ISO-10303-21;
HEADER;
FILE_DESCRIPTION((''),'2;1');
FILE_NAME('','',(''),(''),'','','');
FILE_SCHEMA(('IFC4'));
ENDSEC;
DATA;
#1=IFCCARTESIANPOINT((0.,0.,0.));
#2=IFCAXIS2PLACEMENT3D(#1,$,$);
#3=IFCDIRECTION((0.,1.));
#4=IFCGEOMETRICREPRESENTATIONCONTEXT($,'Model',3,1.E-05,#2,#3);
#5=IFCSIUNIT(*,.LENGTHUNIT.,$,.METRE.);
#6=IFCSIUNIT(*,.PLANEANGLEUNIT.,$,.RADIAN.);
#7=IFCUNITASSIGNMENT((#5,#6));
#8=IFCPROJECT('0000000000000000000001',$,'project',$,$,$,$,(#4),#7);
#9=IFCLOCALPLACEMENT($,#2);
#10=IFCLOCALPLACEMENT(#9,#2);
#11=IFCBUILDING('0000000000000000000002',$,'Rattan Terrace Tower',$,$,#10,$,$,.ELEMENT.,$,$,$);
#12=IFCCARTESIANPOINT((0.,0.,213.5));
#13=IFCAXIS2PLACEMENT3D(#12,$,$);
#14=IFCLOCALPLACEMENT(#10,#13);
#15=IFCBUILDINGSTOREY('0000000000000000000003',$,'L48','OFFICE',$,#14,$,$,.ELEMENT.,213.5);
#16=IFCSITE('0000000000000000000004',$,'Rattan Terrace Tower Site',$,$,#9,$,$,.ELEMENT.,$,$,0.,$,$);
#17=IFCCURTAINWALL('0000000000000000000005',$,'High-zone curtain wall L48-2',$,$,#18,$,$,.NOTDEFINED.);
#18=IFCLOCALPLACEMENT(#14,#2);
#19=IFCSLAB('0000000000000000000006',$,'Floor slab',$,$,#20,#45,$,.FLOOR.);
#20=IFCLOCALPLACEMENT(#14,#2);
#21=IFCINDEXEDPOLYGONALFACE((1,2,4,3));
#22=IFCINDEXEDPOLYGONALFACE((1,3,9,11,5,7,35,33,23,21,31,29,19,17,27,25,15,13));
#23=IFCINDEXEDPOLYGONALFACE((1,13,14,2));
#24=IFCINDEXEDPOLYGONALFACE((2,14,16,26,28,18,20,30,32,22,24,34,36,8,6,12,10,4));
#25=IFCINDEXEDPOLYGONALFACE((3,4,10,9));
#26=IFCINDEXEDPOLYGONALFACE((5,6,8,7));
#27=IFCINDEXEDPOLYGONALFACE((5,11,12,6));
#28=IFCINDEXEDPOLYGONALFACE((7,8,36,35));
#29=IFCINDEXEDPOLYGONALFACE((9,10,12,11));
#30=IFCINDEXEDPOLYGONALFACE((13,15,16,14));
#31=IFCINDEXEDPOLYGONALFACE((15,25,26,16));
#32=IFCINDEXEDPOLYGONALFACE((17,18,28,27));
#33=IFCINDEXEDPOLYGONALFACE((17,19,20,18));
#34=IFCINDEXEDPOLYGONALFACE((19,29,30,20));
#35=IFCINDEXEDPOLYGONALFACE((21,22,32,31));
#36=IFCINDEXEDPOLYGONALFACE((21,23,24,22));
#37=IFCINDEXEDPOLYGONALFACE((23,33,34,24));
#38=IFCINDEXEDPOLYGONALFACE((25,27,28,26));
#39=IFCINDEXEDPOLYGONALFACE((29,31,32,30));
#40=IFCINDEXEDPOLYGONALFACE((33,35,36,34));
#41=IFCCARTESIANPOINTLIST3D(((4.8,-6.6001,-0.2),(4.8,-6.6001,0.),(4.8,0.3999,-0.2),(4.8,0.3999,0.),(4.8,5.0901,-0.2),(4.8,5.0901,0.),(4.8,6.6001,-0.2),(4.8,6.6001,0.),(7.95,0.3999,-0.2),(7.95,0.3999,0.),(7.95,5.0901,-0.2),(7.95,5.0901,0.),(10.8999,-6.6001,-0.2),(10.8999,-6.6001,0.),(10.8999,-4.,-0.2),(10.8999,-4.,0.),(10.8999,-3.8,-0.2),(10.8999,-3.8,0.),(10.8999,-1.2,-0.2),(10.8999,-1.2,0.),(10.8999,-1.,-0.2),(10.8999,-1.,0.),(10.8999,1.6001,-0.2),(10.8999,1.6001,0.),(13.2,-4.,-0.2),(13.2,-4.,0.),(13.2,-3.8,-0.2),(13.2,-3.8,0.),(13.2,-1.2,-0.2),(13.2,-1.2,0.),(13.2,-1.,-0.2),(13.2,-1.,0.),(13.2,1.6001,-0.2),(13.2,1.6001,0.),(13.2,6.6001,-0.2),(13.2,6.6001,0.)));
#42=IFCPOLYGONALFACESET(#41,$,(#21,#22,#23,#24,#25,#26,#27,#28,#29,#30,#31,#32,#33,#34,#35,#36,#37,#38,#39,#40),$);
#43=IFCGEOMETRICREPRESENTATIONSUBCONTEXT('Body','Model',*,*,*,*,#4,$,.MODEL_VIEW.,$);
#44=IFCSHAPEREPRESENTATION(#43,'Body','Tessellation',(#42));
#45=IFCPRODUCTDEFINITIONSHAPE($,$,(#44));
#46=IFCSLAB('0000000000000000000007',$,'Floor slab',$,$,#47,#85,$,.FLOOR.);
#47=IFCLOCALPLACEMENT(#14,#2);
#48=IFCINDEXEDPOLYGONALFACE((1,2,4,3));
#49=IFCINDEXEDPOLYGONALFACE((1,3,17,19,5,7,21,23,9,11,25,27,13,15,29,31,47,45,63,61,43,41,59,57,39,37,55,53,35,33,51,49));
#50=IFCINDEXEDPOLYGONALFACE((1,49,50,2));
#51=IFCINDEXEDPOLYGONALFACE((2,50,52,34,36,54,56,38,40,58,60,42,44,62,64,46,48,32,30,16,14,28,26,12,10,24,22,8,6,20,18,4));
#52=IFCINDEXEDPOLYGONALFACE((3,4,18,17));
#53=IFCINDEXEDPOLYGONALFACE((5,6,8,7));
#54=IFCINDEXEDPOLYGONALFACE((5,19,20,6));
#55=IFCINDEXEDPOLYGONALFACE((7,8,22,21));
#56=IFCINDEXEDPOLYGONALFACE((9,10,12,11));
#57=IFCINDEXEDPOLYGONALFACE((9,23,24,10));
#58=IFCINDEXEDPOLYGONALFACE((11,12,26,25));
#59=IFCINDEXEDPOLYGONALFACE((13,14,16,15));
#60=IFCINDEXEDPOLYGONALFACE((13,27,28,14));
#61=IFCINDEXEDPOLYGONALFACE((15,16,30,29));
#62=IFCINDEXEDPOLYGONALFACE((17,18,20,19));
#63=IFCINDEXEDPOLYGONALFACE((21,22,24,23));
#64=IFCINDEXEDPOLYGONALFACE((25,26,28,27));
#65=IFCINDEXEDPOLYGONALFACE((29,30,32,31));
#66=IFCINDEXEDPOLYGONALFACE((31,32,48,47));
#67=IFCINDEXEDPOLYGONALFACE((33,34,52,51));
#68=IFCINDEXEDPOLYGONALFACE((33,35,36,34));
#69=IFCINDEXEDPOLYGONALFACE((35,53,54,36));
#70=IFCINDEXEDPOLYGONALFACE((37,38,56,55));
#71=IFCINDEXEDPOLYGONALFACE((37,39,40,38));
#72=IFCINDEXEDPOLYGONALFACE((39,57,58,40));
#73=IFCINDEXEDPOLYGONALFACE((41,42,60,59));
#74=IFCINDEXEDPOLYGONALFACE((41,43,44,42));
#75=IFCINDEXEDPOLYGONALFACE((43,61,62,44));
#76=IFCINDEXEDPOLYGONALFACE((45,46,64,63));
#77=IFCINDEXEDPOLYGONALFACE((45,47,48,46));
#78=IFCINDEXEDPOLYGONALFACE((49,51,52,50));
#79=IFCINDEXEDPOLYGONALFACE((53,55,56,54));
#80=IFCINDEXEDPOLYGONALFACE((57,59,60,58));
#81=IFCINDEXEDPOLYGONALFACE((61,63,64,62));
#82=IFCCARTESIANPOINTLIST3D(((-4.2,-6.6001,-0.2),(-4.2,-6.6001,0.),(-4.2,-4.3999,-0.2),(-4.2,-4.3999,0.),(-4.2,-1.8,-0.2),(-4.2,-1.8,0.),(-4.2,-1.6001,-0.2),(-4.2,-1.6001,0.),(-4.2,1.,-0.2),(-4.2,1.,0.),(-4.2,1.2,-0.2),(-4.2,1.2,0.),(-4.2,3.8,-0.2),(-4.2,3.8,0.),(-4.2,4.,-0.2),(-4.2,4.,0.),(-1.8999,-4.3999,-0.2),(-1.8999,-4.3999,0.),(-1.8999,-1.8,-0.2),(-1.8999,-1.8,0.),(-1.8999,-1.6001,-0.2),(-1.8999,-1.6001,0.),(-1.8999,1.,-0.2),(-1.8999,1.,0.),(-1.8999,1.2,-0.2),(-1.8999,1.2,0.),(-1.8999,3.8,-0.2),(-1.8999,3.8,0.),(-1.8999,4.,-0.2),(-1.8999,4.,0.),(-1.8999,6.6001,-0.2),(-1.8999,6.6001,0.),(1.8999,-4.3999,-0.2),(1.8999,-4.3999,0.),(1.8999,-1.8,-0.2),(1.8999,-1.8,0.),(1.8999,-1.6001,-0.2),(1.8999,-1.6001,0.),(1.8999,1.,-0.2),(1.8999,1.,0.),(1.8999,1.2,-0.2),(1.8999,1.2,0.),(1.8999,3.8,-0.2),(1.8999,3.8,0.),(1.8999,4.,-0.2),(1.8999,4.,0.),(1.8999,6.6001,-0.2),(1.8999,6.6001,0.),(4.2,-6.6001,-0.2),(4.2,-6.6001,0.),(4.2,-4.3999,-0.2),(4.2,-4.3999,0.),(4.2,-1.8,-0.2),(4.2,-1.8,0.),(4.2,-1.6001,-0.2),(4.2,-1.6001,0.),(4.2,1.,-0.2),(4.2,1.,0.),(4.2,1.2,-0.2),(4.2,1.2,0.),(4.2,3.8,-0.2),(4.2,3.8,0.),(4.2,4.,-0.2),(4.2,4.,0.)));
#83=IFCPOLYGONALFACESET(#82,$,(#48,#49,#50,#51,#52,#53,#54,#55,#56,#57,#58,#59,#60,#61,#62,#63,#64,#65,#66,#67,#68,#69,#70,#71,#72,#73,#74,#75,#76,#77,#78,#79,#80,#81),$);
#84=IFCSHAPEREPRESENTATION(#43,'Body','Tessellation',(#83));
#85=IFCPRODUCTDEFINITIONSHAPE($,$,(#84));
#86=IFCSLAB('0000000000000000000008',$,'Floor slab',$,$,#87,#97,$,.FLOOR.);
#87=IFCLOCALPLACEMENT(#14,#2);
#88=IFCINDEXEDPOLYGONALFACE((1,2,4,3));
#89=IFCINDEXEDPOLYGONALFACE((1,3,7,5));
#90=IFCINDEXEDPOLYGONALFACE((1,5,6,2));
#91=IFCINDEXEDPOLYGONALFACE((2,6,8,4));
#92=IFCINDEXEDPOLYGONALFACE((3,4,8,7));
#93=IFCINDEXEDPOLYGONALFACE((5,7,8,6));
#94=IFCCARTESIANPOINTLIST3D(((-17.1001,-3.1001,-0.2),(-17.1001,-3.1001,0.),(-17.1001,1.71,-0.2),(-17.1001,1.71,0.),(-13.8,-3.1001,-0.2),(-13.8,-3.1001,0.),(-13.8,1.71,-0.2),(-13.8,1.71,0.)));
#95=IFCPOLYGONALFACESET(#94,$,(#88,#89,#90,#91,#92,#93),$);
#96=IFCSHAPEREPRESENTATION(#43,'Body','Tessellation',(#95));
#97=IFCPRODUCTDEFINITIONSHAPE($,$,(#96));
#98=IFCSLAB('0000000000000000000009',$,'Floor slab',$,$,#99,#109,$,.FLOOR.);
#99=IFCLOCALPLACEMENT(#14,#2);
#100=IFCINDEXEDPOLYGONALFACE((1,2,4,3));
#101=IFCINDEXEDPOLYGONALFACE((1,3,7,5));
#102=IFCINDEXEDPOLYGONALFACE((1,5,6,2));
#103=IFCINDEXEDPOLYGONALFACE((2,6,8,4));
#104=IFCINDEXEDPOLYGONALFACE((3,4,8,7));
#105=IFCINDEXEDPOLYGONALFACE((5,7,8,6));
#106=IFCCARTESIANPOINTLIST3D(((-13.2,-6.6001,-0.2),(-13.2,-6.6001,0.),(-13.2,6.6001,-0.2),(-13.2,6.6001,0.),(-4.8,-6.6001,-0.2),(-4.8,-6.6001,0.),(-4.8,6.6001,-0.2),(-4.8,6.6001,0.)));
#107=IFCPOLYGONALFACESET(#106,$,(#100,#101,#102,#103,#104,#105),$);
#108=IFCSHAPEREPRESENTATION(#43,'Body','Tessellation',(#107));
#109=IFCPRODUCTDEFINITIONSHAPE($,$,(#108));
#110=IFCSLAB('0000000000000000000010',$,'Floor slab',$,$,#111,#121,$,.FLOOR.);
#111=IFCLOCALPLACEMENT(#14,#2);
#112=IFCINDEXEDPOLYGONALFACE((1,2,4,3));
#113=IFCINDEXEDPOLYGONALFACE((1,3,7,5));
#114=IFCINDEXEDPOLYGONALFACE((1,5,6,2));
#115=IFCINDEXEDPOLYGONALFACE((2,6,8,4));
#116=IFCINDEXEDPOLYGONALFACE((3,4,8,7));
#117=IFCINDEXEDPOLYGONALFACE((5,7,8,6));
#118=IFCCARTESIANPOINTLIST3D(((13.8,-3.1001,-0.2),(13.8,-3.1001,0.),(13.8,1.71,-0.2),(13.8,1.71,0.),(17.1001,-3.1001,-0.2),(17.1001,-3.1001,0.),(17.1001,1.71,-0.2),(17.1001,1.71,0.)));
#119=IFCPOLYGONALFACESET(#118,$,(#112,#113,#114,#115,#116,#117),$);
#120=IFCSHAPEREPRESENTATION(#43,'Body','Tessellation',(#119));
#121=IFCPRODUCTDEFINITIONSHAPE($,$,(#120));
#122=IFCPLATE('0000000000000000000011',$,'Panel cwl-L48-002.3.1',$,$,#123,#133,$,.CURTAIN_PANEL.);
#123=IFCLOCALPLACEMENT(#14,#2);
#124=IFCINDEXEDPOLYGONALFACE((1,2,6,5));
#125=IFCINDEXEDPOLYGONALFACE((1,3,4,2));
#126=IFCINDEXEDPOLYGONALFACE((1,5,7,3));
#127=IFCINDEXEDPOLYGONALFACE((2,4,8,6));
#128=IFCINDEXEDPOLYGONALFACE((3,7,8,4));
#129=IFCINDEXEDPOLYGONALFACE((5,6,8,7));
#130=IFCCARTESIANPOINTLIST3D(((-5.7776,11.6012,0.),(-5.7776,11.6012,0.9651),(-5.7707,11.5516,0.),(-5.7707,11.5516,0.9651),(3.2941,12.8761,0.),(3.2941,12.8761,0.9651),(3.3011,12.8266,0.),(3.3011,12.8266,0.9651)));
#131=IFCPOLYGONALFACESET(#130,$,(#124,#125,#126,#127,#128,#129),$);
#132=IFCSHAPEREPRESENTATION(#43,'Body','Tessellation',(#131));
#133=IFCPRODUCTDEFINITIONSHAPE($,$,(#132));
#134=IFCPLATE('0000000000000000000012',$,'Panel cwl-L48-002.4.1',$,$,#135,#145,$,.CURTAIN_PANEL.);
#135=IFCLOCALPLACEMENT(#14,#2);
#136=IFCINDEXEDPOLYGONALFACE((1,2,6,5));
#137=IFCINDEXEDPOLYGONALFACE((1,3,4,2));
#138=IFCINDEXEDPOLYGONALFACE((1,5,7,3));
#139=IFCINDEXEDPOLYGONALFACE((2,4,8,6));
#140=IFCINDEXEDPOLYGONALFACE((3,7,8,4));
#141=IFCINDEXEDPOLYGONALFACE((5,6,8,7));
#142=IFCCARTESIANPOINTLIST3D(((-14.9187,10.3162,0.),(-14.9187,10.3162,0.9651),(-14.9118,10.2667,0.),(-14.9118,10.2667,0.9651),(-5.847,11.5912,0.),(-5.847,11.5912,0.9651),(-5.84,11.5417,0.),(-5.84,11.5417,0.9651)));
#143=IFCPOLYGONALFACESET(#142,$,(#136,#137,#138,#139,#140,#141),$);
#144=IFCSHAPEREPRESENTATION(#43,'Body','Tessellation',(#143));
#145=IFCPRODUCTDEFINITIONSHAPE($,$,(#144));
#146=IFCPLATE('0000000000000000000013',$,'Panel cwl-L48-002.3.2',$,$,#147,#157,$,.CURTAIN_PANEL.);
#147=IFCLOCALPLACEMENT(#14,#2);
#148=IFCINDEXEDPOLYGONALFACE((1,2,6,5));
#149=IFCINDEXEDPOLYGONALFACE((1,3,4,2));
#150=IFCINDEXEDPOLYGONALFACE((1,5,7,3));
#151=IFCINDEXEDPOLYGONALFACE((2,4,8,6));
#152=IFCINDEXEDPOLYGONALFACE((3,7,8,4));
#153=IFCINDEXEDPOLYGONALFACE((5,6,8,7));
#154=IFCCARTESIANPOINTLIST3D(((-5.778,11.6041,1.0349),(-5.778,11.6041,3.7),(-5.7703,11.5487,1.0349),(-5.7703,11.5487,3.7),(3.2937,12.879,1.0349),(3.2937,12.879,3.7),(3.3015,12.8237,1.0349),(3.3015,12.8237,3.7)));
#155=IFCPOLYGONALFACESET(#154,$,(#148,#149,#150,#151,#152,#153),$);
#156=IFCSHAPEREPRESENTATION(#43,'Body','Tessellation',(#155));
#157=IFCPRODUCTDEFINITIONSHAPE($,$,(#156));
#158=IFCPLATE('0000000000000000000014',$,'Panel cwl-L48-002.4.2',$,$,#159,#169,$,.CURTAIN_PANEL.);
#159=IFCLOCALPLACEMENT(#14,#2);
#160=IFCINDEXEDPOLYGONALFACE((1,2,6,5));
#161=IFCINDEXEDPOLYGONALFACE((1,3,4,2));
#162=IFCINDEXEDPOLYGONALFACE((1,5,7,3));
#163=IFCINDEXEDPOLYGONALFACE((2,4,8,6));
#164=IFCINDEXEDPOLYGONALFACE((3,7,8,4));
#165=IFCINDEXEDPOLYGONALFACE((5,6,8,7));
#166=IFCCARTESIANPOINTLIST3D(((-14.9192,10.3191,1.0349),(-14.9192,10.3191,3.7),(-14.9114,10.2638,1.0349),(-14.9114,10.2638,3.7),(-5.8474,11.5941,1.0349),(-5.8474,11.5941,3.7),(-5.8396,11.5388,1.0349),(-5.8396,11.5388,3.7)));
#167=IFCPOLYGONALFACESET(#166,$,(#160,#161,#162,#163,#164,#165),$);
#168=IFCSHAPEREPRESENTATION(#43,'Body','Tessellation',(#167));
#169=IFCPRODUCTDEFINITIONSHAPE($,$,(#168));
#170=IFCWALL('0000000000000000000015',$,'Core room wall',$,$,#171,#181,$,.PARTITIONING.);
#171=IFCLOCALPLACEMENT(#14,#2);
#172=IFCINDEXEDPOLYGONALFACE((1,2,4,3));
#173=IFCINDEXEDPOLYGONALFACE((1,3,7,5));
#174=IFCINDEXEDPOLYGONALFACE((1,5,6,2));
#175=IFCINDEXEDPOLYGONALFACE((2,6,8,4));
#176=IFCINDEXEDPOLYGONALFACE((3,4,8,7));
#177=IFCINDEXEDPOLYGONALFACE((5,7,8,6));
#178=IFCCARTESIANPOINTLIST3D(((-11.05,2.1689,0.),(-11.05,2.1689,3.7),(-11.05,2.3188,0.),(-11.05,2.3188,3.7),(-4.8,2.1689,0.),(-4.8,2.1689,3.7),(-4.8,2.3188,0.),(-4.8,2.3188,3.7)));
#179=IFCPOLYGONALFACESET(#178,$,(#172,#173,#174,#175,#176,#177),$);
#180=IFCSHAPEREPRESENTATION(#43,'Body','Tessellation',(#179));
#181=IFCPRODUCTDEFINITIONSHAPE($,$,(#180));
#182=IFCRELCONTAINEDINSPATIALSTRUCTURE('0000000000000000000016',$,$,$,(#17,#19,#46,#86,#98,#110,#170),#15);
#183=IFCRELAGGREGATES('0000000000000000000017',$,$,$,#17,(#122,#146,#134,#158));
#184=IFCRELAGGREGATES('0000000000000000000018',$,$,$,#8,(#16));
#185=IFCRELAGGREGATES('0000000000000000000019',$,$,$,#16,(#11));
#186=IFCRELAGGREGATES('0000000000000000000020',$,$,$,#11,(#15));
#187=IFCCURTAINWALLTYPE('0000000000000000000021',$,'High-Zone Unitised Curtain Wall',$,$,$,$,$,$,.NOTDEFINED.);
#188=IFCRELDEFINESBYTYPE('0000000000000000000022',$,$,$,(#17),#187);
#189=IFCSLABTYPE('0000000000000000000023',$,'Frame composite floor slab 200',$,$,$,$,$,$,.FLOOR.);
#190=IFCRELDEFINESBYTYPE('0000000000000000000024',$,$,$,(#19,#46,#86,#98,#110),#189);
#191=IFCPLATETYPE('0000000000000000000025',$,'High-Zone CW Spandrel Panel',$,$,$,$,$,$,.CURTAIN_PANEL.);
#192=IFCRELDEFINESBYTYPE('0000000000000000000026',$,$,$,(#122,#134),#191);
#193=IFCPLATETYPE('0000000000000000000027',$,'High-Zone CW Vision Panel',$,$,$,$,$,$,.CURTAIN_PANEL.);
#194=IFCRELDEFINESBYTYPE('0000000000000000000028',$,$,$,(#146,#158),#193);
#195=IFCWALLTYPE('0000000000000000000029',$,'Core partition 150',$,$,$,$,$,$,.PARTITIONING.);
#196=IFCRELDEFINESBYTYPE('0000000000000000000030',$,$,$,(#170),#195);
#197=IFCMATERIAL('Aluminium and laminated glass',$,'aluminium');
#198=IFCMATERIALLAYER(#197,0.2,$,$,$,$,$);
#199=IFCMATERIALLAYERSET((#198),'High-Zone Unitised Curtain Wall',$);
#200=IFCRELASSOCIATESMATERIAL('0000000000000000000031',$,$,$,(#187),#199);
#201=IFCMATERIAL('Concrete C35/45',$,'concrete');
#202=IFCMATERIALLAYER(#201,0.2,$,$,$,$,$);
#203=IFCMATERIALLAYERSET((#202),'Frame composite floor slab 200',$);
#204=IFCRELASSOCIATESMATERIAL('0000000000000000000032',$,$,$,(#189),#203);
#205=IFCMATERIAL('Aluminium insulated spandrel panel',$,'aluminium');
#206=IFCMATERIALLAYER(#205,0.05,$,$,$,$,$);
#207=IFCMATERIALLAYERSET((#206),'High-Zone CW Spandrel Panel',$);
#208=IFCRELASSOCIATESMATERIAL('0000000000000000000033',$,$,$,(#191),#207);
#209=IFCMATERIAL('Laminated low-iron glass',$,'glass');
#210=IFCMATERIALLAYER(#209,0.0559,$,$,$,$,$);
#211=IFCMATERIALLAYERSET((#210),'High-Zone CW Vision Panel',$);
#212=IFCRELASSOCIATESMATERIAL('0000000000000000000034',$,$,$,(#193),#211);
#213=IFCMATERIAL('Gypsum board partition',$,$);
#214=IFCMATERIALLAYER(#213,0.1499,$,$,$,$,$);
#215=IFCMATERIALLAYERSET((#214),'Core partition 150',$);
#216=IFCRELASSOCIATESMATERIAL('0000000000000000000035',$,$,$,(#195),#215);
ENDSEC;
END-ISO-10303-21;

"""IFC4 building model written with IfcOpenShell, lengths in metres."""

from ifc_helpers import new_model, si_unit, direction, frame, frame_2d, origin, origin_2d, place, context, subcontext, project, spatial, polyline, rectangle, outline, extrude, material, layer, layer_set, type_object, element, aggregate, save


model = new_model("IFC4")

# Units and contexts
model_context = context("Model", 3, precision=1e-05, world=origin(), true_north=direction((0.0, 1.0)))
body_context = subcontext(model_context, "Body", "Model", "MODEL_VIEW")
ifc_project = project(units=[si_unit("LENGTHUNIT", "METRE"), si_unit("PLANEANGLEUNIT", "RADIAN")], contexts=[model_context])

# Site, building, storey
site_placement = place(None, origin())
site = spatial("IfcSite", under=ifc_project, at=site_placement, Name="Rattan Terrace Tower Site", CompositionType="ELEMENT", RefElevation=0.0)
building_placement = place(site_placement, origin())
building = spatial("IfcBuilding", under=site, at=building_placement, Name="Rattan Terrace Tower", CompositionType="ELEMENT")
storey_placement = place(building_placement, frame((0.0, 0.0, 213.5)))
storey = spatial("IfcBuildingStorey", under=building, at=storey_placement, Name="L48", Description="OFFICE", CompositionType="ELEMENT", Elevation=213.5)

# Curtain wall
ifc_material_1 = material(Name="Aluminium and laminated glass", Category="aluminium")
ifc_layer_1 = layer(ifc_material_1, 0.2)
ifc_layer_set_1 = layer_set([ifc_layer_1], Name="High-Zone Unitised Curtain Wall")
curtain_wall_type = type_object("IfcCurtainWallType", Name="High-Zone Unitised Curtain Wall", PredefinedType="NOTDEFINED", material=ifc_layer_set_1)
curtain_wall_placement = place(storey_placement, origin())
curtain_wall = element("IfcCurtainWall", 1, at=curtain_wall_placement, inside=storey, type_object=curtain_wall_type, Name="High-zone curtain wall L48-2", PredefinedType="NOTDEFINED")

# Slabs
ifc_material_2 = material(Name="Concrete C35/45", Category="concrete")
ifc_layer_2 = layer(ifc_material_2, 0.2)
ifc_layer_set_2 = layer_set([ifc_layer_2], Name="Frame composite floor slab 200")
slab_type_1 = type_object("IfcSlabType", Name="Frame composite floor slab 200", PredefinedType="FLOOR", material=ifc_layer_set_2)
slab_1_placement = place(storey_placement, frame((0.0, 0.0, -0.2)))
element("IfcSlab", 2, at=slab_1_placement, inside=storey, type_object=slab_type_1, Name="Floor slab", PredefinedType="FLOOR", context=body_context, shape_type="SweptSolid", body=[
    extrude(outline(polyline([(13.2, 6.6001), (4.8, 6.6001), (4.8, 5.0901), (7.95, 5.0901), (7.95, 0.3999), (4.8, 0.3999), (4.8, -6.6001), (10.8999, -6.6001), (10.8999, -4.0), (13.2, -4.0), (13.2, -3.8), (10.8999, -3.8), (10.8999, -1.2), (13.2, -1.2), (13.2, -1.0), (10.8999, -1.0), (10.8999, 1.6001), (13.2, 1.6001), (13.2, 6.6001)])), origin(), (0.0, 0.0, 1.0), 0.2),
])
slab_2_placement = place(storey_placement, frame((0.0, 0.0, -0.2)))
element("IfcSlab", 3, at=slab_2_placement, inside=storey, type_object=slab_type_1, Name="Floor slab", PredefinedType="FLOOR", context=body_context, shape_type="SweptSolid", body=[
    extrude(outline(polyline([(1.8999, 6.6001), (-1.8999, 6.6001), (-1.8999, 4.0), (-4.2, 4.0), (-4.2, 3.8), (-1.8999, 3.8), (-1.8999, 1.2), (-4.2, 1.2), (-4.2, 1.0), (-1.8999, 1.0), (-1.8999, -1.6001), (-4.2, -1.6001), (-4.2, -1.8), (-1.8999, -1.8), (-1.8999, -4.3999), (-4.2, -4.3999), (-4.2, -6.6001), (4.2, -6.6001), (4.2, -4.3999), (1.8999, -4.3999), (1.8999, -1.8), (4.2, -1.8), (4.2, -1.6001), (1.8999, -1.6001), (1.8999, 1.0), (4.2, 1.0), (4.2, 1.2), (1.8999, 1.2), (1.8999, 3.8), (4.2, 3.8), (4.2, 4.0), (1.8999, 4.0), (1.8999, 6.6001)])), origin(), (0.0, 0.0, 1.0), 0.2),
])
slab_3_placement = place(storey_placement, frame((0.0, 0.0, -0.2)))
element("IfcSlab", 4, at=slab_3_placement, inside=storey, type_object=slab_type_1, Name="Floor slab", PredefinedType="FLOOR", context=body_context, shape_type="SweptSolid", body=[
    extrude(outline(polyline([(-17.1001, -3.1001), (-13.8, -3.1001), (-13.8, 1.71), (-17.1001, 1.71), (-17.1001, -3.1001)])), origin(), (0.0, 0.0, 1.0), 0.2),
])
slab_4_placement = place(storey_placement, frame((0.0, 0.0, -0.2)))
element("IfcSlab", 5, at=slab_4_placement, inside=storey, type_object=slab_type_1, Name="Floor slab", PredefinedType="FLOOR", context=body_context, shape_type="SweptSolid", body=[
    extrude(outline(polyline([(-4.8, -6.6001), (-4.8, 6.6001), (-13.2, 6.6001), (-13.2, -6.6001), (-4.8, -6.6001)])), origin(), (0.0, 0.0, 1.0), 0.2),
])
slab_5_placement = place(storey_placement, frame((0.0, 0.0, -0.2)))
element("IfcSlab", 6, at=slab_5_placement, inside=storey, type_object=slab_type_1, Name="Floor slab", PredefinedType="FLOOR", context=body_context, shape_type="SweptSolid", body=[
    extrude(outline(polyline([(13.8, -3.1001), (17.1001, -3.1001), (17.1001, 1.71), (13.8, 1.71), (13.8, -3.1001)])), origin(), (0.0, 0.0, 1.0), 0.2),
])

# Plates
ifc_material_3 = material(Name="Aluminium insulated spandrel panel", Category="aluminium")
ifc_layer_3 = layer(ifc_material_3, 0.05)
ifc_layer_set_3 = layer_set([ifc_layer_3], Name="High-Zone CW Spandrel Panel")
plate_type_1 = type_object("IfcPlateType", Name="High-Zone CW Spandrel Panel", PredefinedType="CURTAIN_PANEL", material=ifc_layer_set_3)
plate_1_placement = place(storey_placement, frame((-1.2383, 12.2139, 0.0), z_axis=(0.0, 0.0, 1.0), x_axis=(-0.990267, -0.139177, 0.0)))
plate_1 = element("IfcPlate", 7, at=plate_1_placement, type_object=plate_type_1, Name="Panel cwl-L48-002.3.1", PredefinedType="CURTAIN_PANEL", context=body_context, shape_type="SweptSolid", body=[
    extrude(rectangle(XDim=9.1609, YDim=0.05, at=origin_2d()), origin(), (0.0, 0.0, 1.0), 0.9651),
])
plate_2_placement = place(storey_placement, frame((-10.3794, 10.929, 0.0), z_axis=(0.0, 0.0, 1.0), x_axis=(-0.990267, -0.139177, 0.0)))
plate_2 = element("IfcPlate", 8, at=plate_2_placement, type_object=plate_type_1, Name="Panel cwl-L48-002.4.1", PredefinedType="CURTAIN_PANEL", context=body_context, shape_type="SweptSolid", body=[
    extrude(rectangle(XDim=9.1609, YDim=0.05, at=origin_2d()), origin(), (0.0, 0.0, 1.0), 0.9651),
])
ifc_material_4 = material(Name="Laminated low-iron glass", Category="glass")
ifc_layer_4 = layer(ifc_material_4, 0.0559)
ifc_layer_set_4 = layer_set([ifc_layer_4], Name="High-Zone CW Vision Panel")
plate_type_2 = type_object("IfcPlateType", Name="High-Zone CW Vision Panel", PredefinedType="CURTAIN_PANEL", material=ifc_layer_set_4)
plate_3_placement = place(storey_placement, frame((-1.2383, 12.2139, 1.0349), z_axis=(0.0, 0.0, 1.0), x_axis=(-0.990267, -0.139177, 0.0)))
plate_3 = element("IfcPlate", 9, at=plate_3_placement, type_object=plate_type_2, Name="Panel cwl-L48-002.3.2", PredefinedType="CURTAIN_PANEL", context=body_context, shape_type="SweptSolid", body=[
    extrude(rectangle(XDim=9.1609, YDim=0.0559, at=origin_2d()), origin(), (0.0, 0.0, 1.0), 2.665),
])
plate_4_placement = place(storey_placement, frame((-10.3794, 10.929, 1.0349), z_axis=(0.0, 0.0, 1.0), x_axis=(-0.990267, -0.139177, 0.0)))
plate_4 = element("IfcPlate", 10, at=plate_4_placement, type_object=plate_type_2, Name="Panel cwl-L48-002.4.2", PredefinedType="CURTAIN_PANEL", context=body_context, shape_type="SweptSolid", body=[
    extrude(rectangle(XDim=9.1609, YDim=0.0559, at=origin_2d()), origin(), (0.0, 0.0, 1.0), 2.665),
])
aggregate(curtain_wall, [plate_1, plate_3, plate_2, plate_4])

# Wall
ifc_material_5 = material(Name="Gypsum board partition")
ifc_layer_5 = layer(ifc_material_5, 0.1499)
ifc_layer_set_5 = layer_set([ifc_layer_5], Name="Core partition 150")
wall_type_1 = type_object("IfcWallType", Name="Core partition 150", PredefinedType="PARTITIONING", material=ifc_layer_set_5)
wall_placement = place(storey_placement, frame((-11.05, 2.2439, 0.0), z_axis=(0.0, 0.0, 1.0), x_axis=(1.0, 0.0, 0.0)))
element("IfcWall", 11, at=wall_placement, inside=storey, type_object=wall_type_1, Name="Core room wall", PredefinedType="PARTITIONING", context=body_context, shape_type="SweptSolid", body=[
    extrude(rectangle(XDim=6.25, YDim=0.1499, at=frame_2d((3.125, 0.0))), origin(), (0.0, 0.0, 1.0), 3.7),
])

save(model, "model.ifc")
